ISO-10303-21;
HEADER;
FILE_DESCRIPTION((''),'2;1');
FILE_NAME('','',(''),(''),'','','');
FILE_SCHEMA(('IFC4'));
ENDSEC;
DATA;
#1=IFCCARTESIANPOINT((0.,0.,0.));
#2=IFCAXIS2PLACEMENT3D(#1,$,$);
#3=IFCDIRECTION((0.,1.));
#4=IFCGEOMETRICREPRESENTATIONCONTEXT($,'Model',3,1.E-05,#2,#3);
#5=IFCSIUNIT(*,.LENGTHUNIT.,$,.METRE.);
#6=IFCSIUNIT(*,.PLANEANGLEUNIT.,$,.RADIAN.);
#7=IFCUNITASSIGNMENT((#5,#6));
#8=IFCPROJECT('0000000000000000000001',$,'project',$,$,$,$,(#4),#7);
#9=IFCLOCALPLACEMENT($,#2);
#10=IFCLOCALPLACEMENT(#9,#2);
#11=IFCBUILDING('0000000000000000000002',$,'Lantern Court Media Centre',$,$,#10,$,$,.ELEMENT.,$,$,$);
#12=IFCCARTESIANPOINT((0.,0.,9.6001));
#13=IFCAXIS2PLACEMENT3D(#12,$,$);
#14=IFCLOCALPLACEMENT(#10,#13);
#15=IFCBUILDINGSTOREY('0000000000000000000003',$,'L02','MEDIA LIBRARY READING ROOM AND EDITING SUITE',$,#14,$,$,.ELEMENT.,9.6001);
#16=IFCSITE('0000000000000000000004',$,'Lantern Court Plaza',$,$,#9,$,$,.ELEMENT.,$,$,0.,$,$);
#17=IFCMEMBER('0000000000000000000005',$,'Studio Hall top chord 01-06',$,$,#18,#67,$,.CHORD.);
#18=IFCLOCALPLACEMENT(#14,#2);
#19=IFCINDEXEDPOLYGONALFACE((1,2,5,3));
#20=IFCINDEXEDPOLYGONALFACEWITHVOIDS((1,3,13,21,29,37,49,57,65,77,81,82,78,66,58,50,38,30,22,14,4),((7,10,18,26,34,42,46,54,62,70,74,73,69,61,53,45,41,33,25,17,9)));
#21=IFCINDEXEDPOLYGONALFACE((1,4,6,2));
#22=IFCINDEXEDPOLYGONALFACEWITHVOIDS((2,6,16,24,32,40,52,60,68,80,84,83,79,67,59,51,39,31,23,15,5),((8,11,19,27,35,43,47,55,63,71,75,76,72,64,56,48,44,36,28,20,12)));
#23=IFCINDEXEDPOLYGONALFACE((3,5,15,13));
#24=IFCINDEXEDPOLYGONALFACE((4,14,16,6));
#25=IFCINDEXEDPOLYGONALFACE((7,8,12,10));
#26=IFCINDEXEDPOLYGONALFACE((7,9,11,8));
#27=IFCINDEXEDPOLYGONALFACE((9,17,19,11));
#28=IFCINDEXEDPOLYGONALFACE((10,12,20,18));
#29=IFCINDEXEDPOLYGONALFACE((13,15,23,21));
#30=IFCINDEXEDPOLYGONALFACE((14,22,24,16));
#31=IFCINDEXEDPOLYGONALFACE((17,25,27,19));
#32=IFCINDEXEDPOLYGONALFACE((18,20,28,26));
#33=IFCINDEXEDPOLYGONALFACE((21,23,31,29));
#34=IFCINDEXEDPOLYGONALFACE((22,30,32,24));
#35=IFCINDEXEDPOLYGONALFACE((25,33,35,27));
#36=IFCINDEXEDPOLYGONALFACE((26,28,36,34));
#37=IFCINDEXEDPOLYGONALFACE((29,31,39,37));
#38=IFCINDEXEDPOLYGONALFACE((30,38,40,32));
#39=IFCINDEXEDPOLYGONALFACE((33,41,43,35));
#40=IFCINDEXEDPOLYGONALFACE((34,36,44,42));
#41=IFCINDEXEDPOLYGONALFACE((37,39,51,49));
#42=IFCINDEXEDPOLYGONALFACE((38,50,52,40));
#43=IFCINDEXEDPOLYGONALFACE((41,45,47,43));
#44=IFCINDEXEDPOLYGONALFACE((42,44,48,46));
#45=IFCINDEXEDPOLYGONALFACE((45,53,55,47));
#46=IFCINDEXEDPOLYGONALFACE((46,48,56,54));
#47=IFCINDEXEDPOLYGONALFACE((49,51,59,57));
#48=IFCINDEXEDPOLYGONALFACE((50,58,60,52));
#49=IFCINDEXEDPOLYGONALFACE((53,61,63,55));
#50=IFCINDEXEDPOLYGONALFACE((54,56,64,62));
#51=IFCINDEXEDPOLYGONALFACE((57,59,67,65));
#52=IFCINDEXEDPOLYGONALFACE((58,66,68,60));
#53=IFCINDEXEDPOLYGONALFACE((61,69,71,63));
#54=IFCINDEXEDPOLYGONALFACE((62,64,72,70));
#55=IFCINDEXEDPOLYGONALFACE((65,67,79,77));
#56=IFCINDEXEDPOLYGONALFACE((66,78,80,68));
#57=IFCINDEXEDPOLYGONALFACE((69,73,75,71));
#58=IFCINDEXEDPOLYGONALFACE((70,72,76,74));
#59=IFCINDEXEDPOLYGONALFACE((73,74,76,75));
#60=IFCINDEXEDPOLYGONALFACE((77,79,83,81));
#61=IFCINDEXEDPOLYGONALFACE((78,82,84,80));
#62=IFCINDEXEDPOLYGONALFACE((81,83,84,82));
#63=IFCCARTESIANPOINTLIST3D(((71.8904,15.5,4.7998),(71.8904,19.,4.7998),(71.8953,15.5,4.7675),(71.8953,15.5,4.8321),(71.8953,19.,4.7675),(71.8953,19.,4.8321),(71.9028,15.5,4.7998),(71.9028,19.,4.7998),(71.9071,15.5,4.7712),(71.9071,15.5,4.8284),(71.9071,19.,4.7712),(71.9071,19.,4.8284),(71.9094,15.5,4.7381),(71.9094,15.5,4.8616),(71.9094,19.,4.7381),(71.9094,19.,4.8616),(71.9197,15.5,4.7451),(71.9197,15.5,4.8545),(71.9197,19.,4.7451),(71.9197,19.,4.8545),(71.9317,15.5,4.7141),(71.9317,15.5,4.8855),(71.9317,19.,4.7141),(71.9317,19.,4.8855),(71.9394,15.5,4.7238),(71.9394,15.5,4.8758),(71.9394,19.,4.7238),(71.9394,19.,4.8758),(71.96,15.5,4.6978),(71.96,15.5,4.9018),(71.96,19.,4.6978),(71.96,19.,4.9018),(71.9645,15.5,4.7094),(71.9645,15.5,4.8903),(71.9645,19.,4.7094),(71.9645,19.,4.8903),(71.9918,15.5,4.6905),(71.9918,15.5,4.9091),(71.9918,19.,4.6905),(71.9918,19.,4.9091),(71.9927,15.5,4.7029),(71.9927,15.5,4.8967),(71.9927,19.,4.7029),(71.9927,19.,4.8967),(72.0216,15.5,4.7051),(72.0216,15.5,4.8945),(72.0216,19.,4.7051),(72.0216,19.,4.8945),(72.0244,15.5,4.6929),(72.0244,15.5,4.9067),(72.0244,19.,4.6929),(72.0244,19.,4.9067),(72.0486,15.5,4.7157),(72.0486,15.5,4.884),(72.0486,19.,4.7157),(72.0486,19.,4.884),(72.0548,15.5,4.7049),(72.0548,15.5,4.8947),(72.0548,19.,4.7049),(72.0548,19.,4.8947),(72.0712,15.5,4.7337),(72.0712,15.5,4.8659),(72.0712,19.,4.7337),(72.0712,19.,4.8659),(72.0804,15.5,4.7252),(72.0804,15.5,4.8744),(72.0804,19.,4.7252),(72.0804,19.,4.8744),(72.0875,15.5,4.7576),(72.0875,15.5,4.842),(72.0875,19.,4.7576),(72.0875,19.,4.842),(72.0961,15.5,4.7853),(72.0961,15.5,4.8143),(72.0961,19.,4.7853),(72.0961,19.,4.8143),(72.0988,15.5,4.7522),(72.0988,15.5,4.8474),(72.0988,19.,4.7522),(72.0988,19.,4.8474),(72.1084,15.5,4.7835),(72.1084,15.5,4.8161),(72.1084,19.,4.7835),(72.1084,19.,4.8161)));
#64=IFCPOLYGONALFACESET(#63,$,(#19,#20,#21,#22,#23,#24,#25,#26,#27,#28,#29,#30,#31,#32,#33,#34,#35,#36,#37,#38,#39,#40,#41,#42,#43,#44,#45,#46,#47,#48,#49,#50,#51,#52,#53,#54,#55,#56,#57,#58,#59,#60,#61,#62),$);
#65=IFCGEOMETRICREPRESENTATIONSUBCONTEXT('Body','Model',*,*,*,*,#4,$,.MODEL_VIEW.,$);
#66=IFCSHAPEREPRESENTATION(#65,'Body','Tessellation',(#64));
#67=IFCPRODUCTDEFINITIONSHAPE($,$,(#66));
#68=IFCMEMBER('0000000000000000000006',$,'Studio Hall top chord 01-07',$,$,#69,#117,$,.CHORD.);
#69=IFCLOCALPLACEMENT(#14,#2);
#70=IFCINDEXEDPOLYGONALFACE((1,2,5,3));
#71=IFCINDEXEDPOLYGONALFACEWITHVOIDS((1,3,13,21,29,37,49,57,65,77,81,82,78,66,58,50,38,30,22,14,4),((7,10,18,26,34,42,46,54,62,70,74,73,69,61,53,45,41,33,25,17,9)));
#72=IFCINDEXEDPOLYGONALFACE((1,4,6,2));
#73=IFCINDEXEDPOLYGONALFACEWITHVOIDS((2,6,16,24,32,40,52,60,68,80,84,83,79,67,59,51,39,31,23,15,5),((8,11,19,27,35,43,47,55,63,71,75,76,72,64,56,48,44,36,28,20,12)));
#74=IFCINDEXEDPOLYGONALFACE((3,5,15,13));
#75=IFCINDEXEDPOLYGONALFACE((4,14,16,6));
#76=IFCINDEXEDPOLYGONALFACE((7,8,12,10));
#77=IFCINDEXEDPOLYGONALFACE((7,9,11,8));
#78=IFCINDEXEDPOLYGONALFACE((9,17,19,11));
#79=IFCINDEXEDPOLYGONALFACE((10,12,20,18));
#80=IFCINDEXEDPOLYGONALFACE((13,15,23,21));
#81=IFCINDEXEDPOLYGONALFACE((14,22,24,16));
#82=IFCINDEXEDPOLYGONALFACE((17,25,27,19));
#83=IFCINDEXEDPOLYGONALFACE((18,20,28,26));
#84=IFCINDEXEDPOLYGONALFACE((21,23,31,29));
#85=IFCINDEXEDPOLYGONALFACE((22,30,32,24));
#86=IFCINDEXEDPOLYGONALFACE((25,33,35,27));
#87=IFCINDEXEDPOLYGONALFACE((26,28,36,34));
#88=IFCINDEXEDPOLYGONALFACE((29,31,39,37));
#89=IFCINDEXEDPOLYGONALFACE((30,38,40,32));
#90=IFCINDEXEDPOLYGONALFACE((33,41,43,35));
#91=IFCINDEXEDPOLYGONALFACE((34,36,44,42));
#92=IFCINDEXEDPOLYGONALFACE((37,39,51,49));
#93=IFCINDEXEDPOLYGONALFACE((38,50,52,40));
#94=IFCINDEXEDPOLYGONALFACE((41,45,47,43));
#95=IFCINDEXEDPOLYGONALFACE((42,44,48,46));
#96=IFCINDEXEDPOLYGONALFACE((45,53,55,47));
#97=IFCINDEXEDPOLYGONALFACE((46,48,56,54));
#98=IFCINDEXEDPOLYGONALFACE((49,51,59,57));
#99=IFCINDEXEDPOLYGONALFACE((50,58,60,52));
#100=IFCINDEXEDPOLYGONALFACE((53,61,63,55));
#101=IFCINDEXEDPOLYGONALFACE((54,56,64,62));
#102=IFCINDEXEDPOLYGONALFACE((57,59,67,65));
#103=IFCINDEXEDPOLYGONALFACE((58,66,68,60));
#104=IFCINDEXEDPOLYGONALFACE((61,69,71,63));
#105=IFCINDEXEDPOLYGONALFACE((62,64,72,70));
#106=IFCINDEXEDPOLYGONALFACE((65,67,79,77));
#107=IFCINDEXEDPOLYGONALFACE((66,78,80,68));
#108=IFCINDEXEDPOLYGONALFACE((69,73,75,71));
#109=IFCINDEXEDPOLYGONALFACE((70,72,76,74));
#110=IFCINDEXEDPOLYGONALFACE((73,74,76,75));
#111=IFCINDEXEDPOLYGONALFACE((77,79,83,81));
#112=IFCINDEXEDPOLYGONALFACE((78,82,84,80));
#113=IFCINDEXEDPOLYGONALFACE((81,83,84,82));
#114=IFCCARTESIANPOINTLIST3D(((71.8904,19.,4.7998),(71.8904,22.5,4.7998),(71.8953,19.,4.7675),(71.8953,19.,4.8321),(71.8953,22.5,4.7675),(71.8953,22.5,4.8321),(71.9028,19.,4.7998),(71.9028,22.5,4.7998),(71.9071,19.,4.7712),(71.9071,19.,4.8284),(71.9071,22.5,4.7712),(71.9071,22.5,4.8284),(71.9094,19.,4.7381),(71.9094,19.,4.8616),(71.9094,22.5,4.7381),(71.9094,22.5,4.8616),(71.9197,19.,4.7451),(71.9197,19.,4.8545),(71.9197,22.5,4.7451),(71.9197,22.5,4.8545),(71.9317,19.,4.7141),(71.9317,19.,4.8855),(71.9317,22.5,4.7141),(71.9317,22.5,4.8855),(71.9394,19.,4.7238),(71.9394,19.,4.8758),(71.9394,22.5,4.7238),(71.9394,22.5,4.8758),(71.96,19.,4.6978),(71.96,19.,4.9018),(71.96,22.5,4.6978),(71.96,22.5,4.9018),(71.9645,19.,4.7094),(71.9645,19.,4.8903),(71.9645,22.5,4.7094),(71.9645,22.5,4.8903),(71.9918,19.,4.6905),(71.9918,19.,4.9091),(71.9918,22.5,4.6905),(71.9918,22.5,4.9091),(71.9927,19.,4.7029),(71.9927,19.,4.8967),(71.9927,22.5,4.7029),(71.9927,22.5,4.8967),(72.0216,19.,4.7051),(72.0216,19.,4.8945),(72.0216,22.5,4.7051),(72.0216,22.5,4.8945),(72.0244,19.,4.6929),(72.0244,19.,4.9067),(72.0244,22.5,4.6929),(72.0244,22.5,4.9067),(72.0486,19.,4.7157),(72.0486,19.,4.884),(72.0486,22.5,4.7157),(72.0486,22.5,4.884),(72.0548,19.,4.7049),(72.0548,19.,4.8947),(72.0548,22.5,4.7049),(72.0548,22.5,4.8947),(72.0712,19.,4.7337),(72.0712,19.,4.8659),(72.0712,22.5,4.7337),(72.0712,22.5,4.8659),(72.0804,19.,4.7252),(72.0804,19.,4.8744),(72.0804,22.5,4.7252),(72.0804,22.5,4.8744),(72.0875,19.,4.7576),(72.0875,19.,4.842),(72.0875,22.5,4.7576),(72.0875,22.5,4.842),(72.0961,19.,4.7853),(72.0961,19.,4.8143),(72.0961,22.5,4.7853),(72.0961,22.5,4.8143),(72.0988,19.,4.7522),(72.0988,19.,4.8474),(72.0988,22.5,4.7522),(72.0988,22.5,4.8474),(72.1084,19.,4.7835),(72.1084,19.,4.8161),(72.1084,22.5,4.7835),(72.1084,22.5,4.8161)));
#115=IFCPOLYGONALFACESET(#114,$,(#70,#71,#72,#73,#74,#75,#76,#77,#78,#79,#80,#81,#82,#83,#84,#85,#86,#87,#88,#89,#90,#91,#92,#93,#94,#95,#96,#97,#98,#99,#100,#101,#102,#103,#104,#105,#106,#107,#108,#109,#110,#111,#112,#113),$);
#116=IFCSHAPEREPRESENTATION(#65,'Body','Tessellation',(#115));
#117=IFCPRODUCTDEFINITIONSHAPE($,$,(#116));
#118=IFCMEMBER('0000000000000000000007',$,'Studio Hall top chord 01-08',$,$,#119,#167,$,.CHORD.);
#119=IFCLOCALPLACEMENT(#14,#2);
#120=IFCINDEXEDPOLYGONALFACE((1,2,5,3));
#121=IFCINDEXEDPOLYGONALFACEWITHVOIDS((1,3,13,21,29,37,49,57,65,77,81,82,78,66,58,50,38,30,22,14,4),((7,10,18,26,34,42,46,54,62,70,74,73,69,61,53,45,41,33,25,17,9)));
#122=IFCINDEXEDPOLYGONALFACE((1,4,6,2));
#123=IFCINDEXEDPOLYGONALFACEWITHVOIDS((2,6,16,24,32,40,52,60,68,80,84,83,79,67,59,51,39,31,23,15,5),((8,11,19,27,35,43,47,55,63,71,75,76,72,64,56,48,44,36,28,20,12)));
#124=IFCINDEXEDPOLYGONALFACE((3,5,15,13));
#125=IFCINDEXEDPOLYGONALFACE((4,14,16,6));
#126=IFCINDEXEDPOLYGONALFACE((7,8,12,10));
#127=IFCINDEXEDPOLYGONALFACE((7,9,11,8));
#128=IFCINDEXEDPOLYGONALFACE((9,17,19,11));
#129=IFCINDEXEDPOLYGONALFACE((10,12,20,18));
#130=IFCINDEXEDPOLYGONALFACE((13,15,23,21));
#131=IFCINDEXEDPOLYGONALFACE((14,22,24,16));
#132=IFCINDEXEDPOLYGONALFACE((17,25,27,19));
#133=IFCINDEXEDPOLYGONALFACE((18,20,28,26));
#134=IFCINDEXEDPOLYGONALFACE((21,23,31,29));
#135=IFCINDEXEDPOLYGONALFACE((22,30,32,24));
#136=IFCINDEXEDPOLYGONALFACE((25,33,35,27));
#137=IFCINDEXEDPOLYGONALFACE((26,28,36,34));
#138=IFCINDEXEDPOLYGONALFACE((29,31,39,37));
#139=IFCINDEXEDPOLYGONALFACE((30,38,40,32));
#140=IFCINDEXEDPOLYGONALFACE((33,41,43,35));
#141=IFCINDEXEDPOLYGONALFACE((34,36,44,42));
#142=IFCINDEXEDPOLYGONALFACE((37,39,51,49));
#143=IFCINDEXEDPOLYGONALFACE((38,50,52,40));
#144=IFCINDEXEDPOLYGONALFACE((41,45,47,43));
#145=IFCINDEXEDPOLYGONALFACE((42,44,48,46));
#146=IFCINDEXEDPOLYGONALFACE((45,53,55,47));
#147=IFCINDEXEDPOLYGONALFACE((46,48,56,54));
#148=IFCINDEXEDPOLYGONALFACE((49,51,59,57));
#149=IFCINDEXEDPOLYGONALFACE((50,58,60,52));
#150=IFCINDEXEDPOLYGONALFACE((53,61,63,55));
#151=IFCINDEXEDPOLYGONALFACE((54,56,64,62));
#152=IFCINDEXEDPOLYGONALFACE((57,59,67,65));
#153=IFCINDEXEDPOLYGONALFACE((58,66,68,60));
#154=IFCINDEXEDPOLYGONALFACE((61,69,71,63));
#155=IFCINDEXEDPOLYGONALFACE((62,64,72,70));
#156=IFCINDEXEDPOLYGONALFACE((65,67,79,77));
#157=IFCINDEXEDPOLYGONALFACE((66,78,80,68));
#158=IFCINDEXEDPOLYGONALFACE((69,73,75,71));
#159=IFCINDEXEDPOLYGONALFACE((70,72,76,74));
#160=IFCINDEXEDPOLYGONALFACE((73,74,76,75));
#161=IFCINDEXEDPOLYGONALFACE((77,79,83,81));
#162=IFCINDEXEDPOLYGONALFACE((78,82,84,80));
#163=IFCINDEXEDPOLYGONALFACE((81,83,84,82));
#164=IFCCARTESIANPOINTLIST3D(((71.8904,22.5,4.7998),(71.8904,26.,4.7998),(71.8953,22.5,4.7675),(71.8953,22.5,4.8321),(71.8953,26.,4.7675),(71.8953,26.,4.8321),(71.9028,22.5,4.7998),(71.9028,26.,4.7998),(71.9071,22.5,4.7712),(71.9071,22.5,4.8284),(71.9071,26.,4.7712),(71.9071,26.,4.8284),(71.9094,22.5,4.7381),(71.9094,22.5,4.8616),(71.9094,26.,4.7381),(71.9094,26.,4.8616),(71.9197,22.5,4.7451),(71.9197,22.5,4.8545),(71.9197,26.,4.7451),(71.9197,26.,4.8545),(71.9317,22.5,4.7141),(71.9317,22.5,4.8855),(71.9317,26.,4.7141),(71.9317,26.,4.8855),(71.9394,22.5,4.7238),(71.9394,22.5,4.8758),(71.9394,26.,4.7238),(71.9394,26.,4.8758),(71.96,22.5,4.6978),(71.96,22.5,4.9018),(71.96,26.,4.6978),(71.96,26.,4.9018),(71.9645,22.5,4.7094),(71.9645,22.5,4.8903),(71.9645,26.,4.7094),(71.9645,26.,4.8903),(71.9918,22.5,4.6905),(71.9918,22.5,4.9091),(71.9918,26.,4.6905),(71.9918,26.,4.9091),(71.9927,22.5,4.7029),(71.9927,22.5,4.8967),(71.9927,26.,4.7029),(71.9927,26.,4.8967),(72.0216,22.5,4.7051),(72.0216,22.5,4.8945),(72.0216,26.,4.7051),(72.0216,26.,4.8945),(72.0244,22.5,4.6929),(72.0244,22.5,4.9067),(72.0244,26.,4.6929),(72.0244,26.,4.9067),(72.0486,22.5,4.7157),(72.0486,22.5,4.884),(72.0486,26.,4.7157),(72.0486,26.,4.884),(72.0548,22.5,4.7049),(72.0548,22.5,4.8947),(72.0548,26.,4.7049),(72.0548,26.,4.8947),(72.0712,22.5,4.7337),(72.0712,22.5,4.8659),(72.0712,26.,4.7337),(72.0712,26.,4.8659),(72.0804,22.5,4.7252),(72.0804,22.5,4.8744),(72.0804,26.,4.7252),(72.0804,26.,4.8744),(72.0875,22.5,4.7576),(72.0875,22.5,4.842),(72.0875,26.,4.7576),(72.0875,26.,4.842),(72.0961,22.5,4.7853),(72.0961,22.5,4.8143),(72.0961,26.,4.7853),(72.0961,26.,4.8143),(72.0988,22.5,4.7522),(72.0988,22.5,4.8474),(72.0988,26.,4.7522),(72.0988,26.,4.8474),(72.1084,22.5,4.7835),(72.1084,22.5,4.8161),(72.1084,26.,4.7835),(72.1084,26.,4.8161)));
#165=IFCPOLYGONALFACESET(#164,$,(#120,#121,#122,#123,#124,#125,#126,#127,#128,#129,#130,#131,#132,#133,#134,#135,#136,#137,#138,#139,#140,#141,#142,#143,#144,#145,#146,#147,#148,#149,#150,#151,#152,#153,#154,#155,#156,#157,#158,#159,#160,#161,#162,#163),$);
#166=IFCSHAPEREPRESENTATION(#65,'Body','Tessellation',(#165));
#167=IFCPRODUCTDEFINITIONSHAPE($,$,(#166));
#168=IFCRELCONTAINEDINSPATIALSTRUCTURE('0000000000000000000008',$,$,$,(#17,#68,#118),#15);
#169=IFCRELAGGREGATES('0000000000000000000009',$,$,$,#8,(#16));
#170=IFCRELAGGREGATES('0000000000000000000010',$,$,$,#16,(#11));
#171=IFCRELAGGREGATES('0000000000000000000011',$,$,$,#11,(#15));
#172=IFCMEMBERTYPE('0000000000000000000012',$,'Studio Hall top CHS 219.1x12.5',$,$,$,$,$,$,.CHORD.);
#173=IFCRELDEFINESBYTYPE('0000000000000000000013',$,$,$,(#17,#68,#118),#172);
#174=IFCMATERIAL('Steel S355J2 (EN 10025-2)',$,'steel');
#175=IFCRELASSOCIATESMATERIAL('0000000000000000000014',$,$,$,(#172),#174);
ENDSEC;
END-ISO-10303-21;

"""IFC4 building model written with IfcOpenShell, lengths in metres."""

from ifc_helpers import new_model, si_unit, direction, frame, origin, origin_2d, place, context, subcontext, project, spatial, hollow_circle, extrude, material, material_profile, profile_set, type_object, element, save


model = new_model("IFC4")

# Units and contexts
model_context = context("Model", 3, precision=1e-05, world=origin(), true_north=direction((0.0, 1.0)))
body_context = subcontext(model_context, "Body", "Model", "MODEL_VIEW")
ifc_project = project(units=[si_unit("LENGTHUNIT", "METRE"), si_unit("PLANEANGLEUNIT", "RADIAN")], contexts=[model_context])

# Site, building, storey
site_placement = place(None, origin())
site = spatial("IfcSite", under=ifc_project, at=site_placement, Name="Lantern Court Plaza", CompositionType="ELEMENT", RefElevation=0.0)
building_placement = place(site_placement, origin())
building = spatial("IfcBuilding", under=site, at=building_placement, Name="Lantern Court Media Centre", CompositionType="ELEMENT")
storey_placement = place(building_placement, frame((0.0, 0.0, 9.6001)))
storey = spatial("IfcBuildingStorey", under=building, at=storey_placement, Name="L02", Description="MEDIA LIBRARY READING ROOM AND EDITING SUITE", CompositionType="ELEMENT", Elevation=9.6001)

# Members
ifc_material_1 = material(Name="Steel S355J2 (EN 10025-2)", Category="steel")
ifc_material_profile_1 = material_profile(ifc_material_1, hollow_circle(Radius=0.1096, WallThickness=0.0125, at=origin_2d()), Name="Studio Hall top CHS 219.1x12.5")
ifc_profile_set_1 = profile_set([ifc_material_profile_1], Name="Steel S355J2 (EN 10025-2)")
member_type = type_object("IfcMemberType", Name="Studio Hall top CHS 219.1x12.5", PredefinedType="CHORD", material=ifc_profile_set_1)
for number, where, z_axis, x_axis, name in (
    (1, (72.0, 15.5, 4.7998), (0.0, 1.0, 0.0), (-1.0, 0.0, 0.0), "Studio Hall top chord 01-06"),
    (2, (72.0, 19.0, 4.7998), (0.0, 1.0, 0.0), (-1.0, 0.0, 0.0), "Studio Hall top chord 01-07"),
    (3, (72.0, 22.5, 4.7998), (0.0, 1.0, 0.0), (-1.0, 0.0, 0.0), "Studio Hall top chord 01-08"),
):
    element("IfcMember", number, at=place(storey_placement, frame(where, z_axis=z_axis, x_axis=x_axis)), inside=storey, type_object=member_type, Name=name, PredefinedType="CHORD", context=body_context, shape_type="SweptSolid", body=[
        extrude(hollow_circle(Radius=0.1096, WallThickness=0.0125, at=origin_2d()), origin(), (0.0, 0.0, 1.0), 3.5),
    ])

save(model, "model.ifc")
